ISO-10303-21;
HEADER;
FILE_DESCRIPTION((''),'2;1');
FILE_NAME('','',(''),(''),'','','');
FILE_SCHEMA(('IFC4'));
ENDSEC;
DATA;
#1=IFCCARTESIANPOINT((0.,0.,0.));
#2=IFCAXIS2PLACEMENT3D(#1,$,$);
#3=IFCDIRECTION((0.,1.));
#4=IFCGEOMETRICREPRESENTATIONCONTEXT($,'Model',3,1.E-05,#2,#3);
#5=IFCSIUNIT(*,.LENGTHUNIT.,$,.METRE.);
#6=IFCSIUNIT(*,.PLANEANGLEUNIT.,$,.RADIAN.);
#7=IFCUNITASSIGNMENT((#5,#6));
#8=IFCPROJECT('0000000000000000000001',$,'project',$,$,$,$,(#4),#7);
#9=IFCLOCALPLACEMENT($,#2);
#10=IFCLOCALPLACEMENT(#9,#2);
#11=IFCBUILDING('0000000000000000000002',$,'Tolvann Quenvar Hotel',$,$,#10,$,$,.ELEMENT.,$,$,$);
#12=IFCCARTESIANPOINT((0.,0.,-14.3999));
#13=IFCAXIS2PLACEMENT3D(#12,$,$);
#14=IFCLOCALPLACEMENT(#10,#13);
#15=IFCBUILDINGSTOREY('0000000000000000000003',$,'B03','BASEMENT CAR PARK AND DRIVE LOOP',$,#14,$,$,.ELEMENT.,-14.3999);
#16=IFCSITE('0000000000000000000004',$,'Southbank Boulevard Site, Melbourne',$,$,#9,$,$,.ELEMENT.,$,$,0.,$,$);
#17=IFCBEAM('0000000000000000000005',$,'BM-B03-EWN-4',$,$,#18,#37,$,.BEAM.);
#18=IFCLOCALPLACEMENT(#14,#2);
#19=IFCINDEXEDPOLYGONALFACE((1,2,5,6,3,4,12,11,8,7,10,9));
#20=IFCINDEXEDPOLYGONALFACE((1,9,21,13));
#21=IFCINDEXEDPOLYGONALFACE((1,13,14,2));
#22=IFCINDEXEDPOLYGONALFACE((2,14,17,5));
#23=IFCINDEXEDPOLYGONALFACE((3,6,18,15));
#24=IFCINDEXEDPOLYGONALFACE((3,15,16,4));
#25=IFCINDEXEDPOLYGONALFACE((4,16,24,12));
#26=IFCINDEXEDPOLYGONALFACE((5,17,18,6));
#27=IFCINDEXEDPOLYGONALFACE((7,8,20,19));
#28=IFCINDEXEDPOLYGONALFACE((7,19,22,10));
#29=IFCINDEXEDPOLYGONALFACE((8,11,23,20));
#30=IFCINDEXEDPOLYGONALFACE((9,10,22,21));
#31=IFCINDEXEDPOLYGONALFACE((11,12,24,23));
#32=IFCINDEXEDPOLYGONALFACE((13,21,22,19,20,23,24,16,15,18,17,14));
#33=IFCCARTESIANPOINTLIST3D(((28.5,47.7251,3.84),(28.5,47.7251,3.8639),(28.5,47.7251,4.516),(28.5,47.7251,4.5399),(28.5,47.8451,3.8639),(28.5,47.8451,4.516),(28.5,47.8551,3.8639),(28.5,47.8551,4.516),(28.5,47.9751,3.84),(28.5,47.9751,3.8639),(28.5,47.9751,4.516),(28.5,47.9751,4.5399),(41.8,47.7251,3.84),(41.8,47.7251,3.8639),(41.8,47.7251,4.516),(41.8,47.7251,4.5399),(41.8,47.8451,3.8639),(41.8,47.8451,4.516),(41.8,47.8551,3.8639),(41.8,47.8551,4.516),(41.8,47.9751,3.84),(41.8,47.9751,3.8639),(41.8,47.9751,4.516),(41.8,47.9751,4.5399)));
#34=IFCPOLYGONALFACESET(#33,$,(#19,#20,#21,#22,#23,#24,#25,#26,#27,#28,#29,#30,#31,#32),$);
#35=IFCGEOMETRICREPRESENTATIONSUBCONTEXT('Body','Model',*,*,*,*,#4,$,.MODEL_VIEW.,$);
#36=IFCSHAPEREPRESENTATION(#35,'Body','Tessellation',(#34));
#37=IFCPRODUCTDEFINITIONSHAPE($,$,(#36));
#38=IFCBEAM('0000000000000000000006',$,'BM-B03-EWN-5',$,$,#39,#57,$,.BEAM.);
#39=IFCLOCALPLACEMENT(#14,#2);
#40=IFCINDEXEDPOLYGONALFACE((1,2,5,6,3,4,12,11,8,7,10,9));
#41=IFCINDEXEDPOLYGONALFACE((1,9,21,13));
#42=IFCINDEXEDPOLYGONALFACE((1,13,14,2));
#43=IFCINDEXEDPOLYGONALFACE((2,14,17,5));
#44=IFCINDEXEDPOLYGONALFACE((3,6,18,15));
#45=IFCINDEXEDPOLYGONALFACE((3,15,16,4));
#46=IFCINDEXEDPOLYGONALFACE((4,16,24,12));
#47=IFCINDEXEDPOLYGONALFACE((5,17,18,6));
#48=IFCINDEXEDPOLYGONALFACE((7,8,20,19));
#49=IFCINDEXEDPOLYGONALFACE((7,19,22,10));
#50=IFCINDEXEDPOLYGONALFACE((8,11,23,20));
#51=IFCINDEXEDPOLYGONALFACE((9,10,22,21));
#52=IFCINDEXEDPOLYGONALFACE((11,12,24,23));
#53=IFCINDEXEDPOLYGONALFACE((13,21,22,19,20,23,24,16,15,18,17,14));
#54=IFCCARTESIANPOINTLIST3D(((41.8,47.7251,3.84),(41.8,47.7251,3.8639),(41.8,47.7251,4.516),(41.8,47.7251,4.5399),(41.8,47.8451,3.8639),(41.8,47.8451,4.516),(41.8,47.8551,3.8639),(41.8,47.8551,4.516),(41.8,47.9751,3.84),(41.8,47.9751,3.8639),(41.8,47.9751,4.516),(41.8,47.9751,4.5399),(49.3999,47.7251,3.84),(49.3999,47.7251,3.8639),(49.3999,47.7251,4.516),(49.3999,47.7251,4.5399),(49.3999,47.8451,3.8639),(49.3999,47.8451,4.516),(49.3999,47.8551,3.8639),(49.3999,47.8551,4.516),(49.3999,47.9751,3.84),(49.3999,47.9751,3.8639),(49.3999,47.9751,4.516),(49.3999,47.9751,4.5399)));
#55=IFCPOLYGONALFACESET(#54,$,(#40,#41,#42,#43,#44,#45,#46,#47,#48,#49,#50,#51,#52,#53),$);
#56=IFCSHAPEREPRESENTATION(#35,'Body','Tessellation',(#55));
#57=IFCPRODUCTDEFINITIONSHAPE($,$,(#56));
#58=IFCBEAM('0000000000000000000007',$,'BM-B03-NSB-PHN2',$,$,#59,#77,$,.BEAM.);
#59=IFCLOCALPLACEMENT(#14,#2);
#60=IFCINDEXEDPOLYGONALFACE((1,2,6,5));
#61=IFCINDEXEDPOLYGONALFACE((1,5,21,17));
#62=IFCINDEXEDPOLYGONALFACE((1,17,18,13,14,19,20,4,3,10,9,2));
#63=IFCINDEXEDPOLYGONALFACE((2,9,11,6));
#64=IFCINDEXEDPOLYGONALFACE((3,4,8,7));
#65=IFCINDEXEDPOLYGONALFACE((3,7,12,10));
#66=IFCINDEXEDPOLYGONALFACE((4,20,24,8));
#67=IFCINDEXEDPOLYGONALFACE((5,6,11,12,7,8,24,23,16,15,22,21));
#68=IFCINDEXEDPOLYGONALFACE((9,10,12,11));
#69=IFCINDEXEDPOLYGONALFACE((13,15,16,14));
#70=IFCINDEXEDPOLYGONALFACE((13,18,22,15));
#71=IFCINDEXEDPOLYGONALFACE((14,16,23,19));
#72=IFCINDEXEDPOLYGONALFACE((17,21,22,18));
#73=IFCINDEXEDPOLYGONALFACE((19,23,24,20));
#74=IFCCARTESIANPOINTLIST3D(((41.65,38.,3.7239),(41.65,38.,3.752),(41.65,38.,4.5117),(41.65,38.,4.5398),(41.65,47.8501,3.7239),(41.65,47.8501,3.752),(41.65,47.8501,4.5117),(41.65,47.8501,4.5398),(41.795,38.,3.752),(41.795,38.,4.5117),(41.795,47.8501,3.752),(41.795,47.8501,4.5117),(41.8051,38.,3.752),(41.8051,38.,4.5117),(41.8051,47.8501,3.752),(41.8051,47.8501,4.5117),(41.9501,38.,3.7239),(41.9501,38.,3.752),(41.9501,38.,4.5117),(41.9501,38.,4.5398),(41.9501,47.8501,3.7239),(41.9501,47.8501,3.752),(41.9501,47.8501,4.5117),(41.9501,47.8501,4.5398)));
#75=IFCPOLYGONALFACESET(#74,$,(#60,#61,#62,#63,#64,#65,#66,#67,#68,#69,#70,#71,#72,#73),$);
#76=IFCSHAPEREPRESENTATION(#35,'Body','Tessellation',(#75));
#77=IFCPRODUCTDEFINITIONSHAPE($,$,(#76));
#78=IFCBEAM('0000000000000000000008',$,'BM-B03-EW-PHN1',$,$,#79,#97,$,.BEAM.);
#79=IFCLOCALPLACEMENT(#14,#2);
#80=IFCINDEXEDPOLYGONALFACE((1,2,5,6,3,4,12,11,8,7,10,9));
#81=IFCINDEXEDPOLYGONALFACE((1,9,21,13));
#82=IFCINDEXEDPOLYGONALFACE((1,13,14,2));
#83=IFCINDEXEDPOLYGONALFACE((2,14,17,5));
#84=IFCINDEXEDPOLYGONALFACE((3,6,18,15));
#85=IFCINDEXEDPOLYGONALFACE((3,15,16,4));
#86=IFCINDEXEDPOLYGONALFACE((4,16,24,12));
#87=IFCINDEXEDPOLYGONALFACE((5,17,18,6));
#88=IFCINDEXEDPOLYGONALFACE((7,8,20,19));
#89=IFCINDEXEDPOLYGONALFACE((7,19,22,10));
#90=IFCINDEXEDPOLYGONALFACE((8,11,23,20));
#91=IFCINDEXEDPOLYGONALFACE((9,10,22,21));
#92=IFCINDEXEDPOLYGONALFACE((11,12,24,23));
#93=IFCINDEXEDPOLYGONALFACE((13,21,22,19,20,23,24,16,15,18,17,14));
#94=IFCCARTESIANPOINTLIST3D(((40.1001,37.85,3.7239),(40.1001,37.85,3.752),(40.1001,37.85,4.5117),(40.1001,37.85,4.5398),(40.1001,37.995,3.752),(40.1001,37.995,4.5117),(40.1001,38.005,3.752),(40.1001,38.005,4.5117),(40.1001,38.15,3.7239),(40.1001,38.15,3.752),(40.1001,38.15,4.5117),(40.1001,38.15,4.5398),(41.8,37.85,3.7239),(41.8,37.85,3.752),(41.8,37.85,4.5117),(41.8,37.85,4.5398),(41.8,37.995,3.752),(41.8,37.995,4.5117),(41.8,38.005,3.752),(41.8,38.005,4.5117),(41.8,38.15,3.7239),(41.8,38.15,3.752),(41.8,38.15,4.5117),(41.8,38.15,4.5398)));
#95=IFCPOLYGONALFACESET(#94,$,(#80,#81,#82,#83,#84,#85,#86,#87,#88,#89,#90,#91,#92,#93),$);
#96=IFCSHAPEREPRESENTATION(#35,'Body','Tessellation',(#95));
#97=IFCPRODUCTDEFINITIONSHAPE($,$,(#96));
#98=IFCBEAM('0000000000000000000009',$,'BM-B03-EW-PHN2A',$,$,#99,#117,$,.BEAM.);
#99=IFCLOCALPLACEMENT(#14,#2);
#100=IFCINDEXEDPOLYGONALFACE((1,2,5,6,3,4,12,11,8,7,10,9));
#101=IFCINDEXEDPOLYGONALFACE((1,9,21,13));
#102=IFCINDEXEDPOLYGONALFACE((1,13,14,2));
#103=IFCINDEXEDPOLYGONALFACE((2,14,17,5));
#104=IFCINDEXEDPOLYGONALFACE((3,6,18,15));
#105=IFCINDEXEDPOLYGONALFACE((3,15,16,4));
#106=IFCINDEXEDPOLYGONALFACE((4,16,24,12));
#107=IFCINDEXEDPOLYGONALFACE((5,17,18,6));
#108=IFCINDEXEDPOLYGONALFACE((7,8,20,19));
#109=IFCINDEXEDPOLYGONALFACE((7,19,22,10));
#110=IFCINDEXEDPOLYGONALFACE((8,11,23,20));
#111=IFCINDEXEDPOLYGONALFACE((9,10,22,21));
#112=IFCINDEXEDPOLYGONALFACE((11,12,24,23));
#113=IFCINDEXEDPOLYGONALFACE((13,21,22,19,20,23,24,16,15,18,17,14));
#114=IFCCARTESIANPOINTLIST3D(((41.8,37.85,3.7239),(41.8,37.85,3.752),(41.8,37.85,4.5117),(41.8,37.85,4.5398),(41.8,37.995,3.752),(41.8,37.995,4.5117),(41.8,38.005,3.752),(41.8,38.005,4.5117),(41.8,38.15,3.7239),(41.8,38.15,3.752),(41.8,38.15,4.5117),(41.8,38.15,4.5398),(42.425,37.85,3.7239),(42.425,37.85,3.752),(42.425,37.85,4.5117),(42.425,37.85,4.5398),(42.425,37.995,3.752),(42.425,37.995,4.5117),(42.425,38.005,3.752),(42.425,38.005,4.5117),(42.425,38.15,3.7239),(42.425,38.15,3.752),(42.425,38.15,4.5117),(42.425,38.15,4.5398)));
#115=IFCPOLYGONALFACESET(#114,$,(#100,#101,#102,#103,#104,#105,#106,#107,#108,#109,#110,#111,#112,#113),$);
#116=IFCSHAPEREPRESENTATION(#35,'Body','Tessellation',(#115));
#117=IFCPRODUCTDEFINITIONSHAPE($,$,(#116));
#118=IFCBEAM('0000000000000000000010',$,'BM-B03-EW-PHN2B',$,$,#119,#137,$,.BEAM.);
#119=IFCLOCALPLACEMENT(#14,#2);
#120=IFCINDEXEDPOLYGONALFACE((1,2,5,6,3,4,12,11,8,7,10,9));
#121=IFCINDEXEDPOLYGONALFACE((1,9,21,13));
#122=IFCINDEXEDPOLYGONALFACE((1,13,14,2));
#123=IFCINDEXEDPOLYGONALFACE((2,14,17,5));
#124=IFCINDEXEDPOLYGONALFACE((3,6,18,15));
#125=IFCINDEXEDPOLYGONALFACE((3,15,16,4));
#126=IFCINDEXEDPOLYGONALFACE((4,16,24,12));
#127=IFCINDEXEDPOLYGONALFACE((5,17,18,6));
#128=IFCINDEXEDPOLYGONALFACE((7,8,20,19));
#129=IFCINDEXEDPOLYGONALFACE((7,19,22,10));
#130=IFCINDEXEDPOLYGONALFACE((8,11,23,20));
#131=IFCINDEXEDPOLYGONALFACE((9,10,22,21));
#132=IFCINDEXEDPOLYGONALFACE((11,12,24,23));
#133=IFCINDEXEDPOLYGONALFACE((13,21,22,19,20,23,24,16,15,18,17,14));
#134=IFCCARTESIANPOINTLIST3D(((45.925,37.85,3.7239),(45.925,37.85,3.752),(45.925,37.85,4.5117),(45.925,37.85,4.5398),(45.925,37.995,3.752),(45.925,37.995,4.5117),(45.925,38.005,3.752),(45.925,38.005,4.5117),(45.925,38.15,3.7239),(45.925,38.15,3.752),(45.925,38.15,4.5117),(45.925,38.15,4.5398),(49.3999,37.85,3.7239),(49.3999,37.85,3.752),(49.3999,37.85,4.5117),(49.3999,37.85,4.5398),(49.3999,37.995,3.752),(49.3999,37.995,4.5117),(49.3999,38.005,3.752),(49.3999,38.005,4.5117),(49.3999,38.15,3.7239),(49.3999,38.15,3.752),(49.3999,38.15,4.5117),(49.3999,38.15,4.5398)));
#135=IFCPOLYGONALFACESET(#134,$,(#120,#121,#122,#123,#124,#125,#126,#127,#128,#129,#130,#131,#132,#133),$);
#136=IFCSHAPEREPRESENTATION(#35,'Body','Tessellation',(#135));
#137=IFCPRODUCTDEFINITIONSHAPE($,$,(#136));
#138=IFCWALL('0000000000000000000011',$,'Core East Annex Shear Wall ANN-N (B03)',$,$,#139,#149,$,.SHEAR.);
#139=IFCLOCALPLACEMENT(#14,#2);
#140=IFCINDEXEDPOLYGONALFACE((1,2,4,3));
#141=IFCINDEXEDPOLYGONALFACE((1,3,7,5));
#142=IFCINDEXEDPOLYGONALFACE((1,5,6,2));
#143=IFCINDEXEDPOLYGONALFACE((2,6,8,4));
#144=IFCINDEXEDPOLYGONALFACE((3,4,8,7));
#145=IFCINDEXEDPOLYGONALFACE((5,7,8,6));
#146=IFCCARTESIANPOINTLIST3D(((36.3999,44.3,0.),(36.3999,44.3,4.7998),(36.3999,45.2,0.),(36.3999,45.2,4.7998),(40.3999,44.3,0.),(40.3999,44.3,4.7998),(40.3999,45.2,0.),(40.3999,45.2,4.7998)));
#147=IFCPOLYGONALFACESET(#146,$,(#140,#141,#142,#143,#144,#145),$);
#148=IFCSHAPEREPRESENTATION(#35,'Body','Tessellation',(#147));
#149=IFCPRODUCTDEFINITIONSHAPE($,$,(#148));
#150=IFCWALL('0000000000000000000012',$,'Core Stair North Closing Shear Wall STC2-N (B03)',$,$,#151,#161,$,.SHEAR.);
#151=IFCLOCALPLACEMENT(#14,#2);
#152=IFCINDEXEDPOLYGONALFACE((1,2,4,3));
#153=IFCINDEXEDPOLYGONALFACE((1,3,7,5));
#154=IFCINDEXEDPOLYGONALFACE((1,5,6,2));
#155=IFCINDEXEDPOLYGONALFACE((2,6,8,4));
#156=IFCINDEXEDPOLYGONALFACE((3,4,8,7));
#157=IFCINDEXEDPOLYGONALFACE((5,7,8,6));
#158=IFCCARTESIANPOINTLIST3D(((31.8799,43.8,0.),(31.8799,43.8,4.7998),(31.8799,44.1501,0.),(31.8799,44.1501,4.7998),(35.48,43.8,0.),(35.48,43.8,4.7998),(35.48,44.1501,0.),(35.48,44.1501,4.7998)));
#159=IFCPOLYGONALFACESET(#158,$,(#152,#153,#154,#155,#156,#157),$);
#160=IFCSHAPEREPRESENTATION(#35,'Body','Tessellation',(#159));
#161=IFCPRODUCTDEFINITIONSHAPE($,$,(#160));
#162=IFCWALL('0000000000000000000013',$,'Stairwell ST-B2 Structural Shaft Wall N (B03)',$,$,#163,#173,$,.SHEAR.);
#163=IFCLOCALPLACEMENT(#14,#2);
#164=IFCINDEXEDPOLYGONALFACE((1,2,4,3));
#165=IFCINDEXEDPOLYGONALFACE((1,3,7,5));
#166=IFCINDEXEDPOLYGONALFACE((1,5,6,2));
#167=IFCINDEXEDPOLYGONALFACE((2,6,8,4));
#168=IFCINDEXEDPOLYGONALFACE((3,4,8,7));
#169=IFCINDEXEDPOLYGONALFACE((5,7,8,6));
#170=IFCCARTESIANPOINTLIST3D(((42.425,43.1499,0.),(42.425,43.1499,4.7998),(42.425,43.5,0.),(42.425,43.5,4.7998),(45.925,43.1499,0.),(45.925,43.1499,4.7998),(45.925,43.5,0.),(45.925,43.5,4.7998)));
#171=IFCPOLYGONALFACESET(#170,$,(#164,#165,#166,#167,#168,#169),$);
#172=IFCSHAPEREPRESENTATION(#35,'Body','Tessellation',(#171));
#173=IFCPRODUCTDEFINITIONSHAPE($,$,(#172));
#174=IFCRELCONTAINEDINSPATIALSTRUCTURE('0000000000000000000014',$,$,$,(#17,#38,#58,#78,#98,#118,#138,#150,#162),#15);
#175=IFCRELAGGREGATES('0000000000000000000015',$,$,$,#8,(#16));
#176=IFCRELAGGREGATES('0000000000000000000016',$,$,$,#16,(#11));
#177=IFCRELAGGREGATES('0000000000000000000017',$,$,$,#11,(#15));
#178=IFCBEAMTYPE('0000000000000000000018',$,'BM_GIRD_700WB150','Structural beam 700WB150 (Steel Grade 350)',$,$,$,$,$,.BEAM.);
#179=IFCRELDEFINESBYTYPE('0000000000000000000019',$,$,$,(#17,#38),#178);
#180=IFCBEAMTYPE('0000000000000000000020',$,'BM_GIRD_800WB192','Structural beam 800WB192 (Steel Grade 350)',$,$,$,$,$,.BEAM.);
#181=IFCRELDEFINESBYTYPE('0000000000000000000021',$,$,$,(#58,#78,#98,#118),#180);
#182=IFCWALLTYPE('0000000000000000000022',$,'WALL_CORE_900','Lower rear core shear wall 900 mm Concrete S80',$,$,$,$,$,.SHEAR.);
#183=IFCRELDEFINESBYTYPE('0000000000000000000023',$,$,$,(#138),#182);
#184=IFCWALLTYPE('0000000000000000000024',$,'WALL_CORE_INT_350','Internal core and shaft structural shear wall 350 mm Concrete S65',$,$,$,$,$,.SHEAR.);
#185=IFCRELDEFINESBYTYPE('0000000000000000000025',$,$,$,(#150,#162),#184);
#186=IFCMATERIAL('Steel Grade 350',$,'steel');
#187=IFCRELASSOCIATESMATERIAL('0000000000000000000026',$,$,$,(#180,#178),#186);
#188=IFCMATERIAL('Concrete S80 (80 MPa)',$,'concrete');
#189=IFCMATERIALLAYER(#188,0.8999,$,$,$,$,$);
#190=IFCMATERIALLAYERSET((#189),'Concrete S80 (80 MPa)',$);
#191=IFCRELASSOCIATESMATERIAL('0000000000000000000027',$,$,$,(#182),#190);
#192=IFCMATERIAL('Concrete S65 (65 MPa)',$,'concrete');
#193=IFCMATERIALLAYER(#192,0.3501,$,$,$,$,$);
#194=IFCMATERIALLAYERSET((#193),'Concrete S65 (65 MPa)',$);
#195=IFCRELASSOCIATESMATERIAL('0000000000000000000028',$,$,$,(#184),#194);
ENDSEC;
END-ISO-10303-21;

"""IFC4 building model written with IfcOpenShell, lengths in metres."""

from ifc_helpers import new_model, si_unit, direction, frame, frame_2d, origin, origin_2d, place, context, subcontext, project, spatial, rectangle, i_section, extrude, source, transform, mapped, material, layer, layer_set, material_profile, profile_set, type_object, element, save


model = new_model("IFC4")

# Units and contexts
model_context = context("Model", 3, precision=1e-05, world=origin(), true_north=direction((0.0, 1.0)))
body_context = subcontext(model_context, "Body", "Model", "MODEL_VIEW")
ifc_project = project(units=[si_unit("LENGTHUNIT", "METRE"), si_unit("PLANEANGLEUNIT", "RADIAN")], contexts=[model_context])

# Site, building, storey
site_placement = place(None, origin())
site = spatial("IfcSite", under=ifc_project, at=site_placement, Name="Southbank Boulevard Site, Melbourne", CompositionType="ELEMENT", RefElevation=0.0)
building_placement = place(site_placement, origin())
building = spatial("IfcBuilding", under=site, at=building_placement, Name="Tolvann Quenvar Hotel", CompositionType="ELEMENT")
storey_placement = place(building_placement, frame((0.0, 0.0, -14.3999)))
storey = spatial("IfcBuildingStorey", under=building, at=storey_placement, Name="B03", Description="BASEMENT CAR PARK AND DRIVE LOOP", CompositionType="ELEMENT", Elevation=-14.3999)

# Shared definitions
ifc_material_1 = material(Name="Concrete S65 (65 MPa)", Category="concrete")

# Shared definitions
ifc_material_2 = material(Name="Concrete S80 (80 MPa)", Category="concrete")

# Beams
ifc_material_3 = material(Name="Steel Grade 350", Category="steel")
ifc_material_profile_1 = material_profile(ifc_material_3, i_section(OverallWidth=0.3, OverallDepth=0.8159, WebThickness=0.01, FlangeThickness=0.0281, at=origin_2d()), Name="800WB192")
ifc_profile_set_1 = profile_set([ifc_material_profile_1], Name="Steel Grade 350")
beam_type_1 = type_object("IfcBeamType", Name="BM_GIRD_800WB192", Description="Structural beam 800WB192 (Steel Grade 350)", PredefinedType="BEAM", material=ifc_profile_set_1)
ifc_material_profile_2 = material_profile(ifc_material_3, i_section(OverallWidth=0.25, OverallDepth=0.7, WebThickness=0.01, FlangeThickness=0.0239, at=origin_2d()), Name="700WB150")
ifc_profile_set_2 = profile_set([ifc_material_profile_2], Name="Steel Grade 350")
beam_type_2 = type_object("IfcBeamType", Name="BM_GIRD_700WB150", Description="Structural beam 700WB150 (Steel Grade 350)", PredefinedType="BEAM", material=ifc_profile_set_2)
shared_shape_1 = source(origin(), body_context, "Body", "SweptSolid", [
    extrude(i_section(OverallWidth=0.25, OverallDepth=0.7, WebThickness=0.01, FlangeThickness=0.0239, at=origin_2d()), origin(), (0.0, 0.0, 1.0), 13.3),
])
beam_1_placement = place(storey_placement, frame((28.5, 47.8501, 4.1899), z_axis=(1.0, 0.0, 0.0), x_axis=(0.0, 1.0, 0.0)))
element("IfcBeam", 1, at=beam_1_placement, inside=storey, type_object=beam_type_2, Name="BM-B03-EWN-4", PredefinedType="BEAM", context=body_context, shape_type="MappedRepresentation", body=[
    mapped(shared_shape_1, transform((0.0, 0.0, 0.0), x_axis=(1.0, 0.0, 0.0), y_axis=(0.0, 1.0, 0.0), z_axis=(0.0, 0.0, 1.0), scale=1.0)),
])
shared_shape_2 = source(origin(), body_context, "Body", "SweptSolid", [
    extrude(i_section(OverallWidth=0.25, OverallDepth=0.7, WebThickness=0.01, FlangeThickness=0.0239, at=origin_2d()), origin(), (0.0, 0.0, 1.0), 7.5999),
])
beam_2_placement = place(storey_placement, frame((41.8, 47.8501, 4.1899), z_axis=(1.0, 0.0, 0.0), x_axis=(0.0, 1.0, 0.0)))
element("IfcBeam", 2, at=beam_2_placement, inside=storey, type_object=beam_type_2, Name="BM-B03-EWN-5", PredefinedType="BEAM", context=body_context, shape_type="MappedRepresentation", body=[
    mapped(shared_shape_2, transform((0.0, 0.0, 0.0), x_axis=(1.0, 0.0, 0.0), y_axis=(0.0, 1.0, 0.0), z_axis=(0.0, 0.0, 1.0), scale=1.0)),
])
shared_shape_3 = source(origin(), body_context, "Body", "SweptSolid", [
    extrude(i_section(OverallWidth=0.3, OverallDepth=0.8159, WebThickness=0.01, FlangeThickness=0.0281, at=origin_2d()), origin(), (0.0, 0.0, 1.0), 9.8501),
])
beam_3_placement = place(storey_placement, frame((41.8, 38.0, 4.1318), z_axis=(0.0, 1.0, 0.0), x_axis=(-1.0, 0.0, 0.0)))
element("IfcBeam", 3, at=beam_3_placement, inside=storey, type_object=beam_type_1, Name="BM-B03-NSB-PHN2", PredefinedType="BEAM", context=body_context, shape_type="MappedRepresentation", body=[
    mapped(shared_shape_3, transform((0.0, 0.0, 0.0), x_axis=(1.0, 0.0, 0.0), y_axis=(0.0, 1.0, 0.0), z_axis=(0.0, 0.0, 1.0), scale=1.0)),
])
shared_shape_4 = source(origin(), body_context, "Body", "SweptSolid", [
    extrude(i_section(OverallWidth=0.3, OverallDepth=0.8159, WebThickness=0.01, FlangeThickness=0.0281, at=origin_2d()), origin(), (0.0, 0.0, 1.0), 1.7),
])
beam_4_placement = place(storey_placement, frame((40.1001, 38.0, 4.1318), z_axis=(1.0, 0.0, 0.0), x_axis=(0.0, 1.0, 0.0)))
element("IfcBeam", 4, at=beam_4_placement, inside=storey, type_object=beam_type_1, Name="BM-B03-EW-PHN1", PredefinedType="BEAM", context=body_context, shape_type="MappedRepresentation", body=[
    mapped(shared_shape_4, transform((0.0, 0.0, 0.0), x_axis=(1.0, 0.0, 0.0), y_axis=(0.0, 1.0, 0.0), z_axis=(0.0, 0.0, 1.0), scale=1.0)),
])
shared_shape_5 = source(origin(), body_context, "Body", "SweptSolid", [
    extrude(i_section(OverallWidth=0.3, OverallDepth=0.8159, WebThickness=0.01, FlangeThickness=0.0281, at=origin_2d()), origin(), (0.0, 0.0, 1.0), 0.625),
])
beam_5_placement = place(storey_placement, frame((41.8, 38.0, 4.1318), z_axis=(1.0, 0.0, 0.0), x_axis=(0.0, 1.0, 0.0)))
element("IfcBeam", 5, at=beam_5_placement, inside=storey, type_object=beam_type_1, Name="BM-B03-EW-PHN2A", PredefinedType="BEAM", context=body_context, shape_type="MappedRepresentation", body=[
    mapped(shared_shape_5, transform((0.0, 0.0, 0.0), x_axis=(1.0, 0.0, 0.0), y_axis=(0.0, 1.0, 0.0), z_axis=(0.0, 0.0, 1.0), scale=1.0)),
])
shared_shape_6 = source(origin(), body_context, "Body", "SweptSolid", [
    extrude(i_section(OverallWidth=0.3, OverallDepth=0.8159, WebThickness=0.01, FlangeThickness=0.0281, at=origin_2d()), origin(), (0.0, 0.0, 1.0), 3.4749),
])
beam_6_placement = place(storey_placement, frame((45.925, 38.0, 4.1318), z_axis=(1.0, 0.0, 0.0), x_axis=(0.0, 1.0, 0.0)))
element("IfcBeam", 6, at=beam_6_placement, inside=storey, type_object=beam_type_1, Name="BM-B03-EW-PHN2B", PredefinedType="BEAM", context=body_context, shape_type="MappedRepresentation", body=[
    mapped(shared_shape_6, transform((0.0, 0.0, 0.0), x_axis=(1.0, 0.0, 0.0), y_axis=(0.0, 1.0, 0.0), z_axis=(0.0, 0.0, 1.0), scale=1.0)),
])

# Walls
ifc_layer_1 = layer(ifc_material_2, 0.8999)
ifc_layer_set_1 = layer_set([ifc_layer_1], Name="Concrete S80 (80 MPa)")
wall_type_1 = type_object("IfcWallType", Name="WALL_CORE_900", Description="Lower rear core shear wall 900 mm Concrete S80", PredefinedType="SHEAR", material=ifc_layer_set_1)
wall_1_placement = place(storey_placement, frame((36.3999, 44.75, 0.0), z_axis=(0.0, 0.0, 1.0), x_axis=(1.0, 0.0, 0.0)))
element("IfcWall", 7, at=wall_1_placement, inside=storey, type_object=wall_type_1, Name="Core East Annex Shear Wall ANN-N (B03)", PredefinedType="SHEAR", context=body_context, shape_type="SweptSolid", body=[
    extrude(rectangle(XDim=4.0, YDim=0.8999, at=frame_2d((2.0, 0.0))), origin(), (0.0, 0.0, 1.0), 4.7998),
])
ifc_layer_2 = layer(ifc_material_1, 0.3501)
ifc_layer_set_2 = layer_set([ifc_layer_2], Name="Concrete S65 (65 MPa)")
wall_type_2 = type_object("IfcWallType", Name="WALL_CORE_INT_350", Description="Internal core and shaft structural shear wall 350 mm Concrete S65", PredefinedType="SHEAR", material=ifc_layer_set_2)
wall_2_placement = place(storey_placement, frame((31.8799, 43.9751, 0.0), z_axis=(0.0, 0.0, 1.0), x_axis=(1.0, 0.0, 0.0)))
element("IfcWall", 8, at=wall_2_placement, inside=storey, type_object=wall_type_2, Name="Core Stair North Closing Shear Wall STC2-N (B03)", PredefinedType="SHEAR", context=body_context, shape_type="SweptSolid", body=[
    extrude(rectangle(XDim=3.6001, YDim=0.3501, at=frame_2d((1.8, 0.0))), origin(), (0.0, 0.0, 1.0), 4.7998),
])
wall_3_placement = place(storey_placement, frame((45.925, 43.325, 0.0), z_axis=(0.0, 0.0, 1.0), x_axis=(-1.0, 0.0, 0.0)))
element("IfcWall", 9, at=wall_3_placement, inside=storey, type_object=wall_type_2, Name="Stairwell ST-B2 Structural Shaft Wall N (B03)", PredefinedType="SHEAR", context=body_context, shape_type="SweptSolid", body=[
    extrude(rectangle(XDim=3.5, YDim=0.3501, at=frame_2d((1.75, 0.0))), origin(), (0.0, 0.0, 1.0), 4.7998),
])

save(model, "model.ifc")
